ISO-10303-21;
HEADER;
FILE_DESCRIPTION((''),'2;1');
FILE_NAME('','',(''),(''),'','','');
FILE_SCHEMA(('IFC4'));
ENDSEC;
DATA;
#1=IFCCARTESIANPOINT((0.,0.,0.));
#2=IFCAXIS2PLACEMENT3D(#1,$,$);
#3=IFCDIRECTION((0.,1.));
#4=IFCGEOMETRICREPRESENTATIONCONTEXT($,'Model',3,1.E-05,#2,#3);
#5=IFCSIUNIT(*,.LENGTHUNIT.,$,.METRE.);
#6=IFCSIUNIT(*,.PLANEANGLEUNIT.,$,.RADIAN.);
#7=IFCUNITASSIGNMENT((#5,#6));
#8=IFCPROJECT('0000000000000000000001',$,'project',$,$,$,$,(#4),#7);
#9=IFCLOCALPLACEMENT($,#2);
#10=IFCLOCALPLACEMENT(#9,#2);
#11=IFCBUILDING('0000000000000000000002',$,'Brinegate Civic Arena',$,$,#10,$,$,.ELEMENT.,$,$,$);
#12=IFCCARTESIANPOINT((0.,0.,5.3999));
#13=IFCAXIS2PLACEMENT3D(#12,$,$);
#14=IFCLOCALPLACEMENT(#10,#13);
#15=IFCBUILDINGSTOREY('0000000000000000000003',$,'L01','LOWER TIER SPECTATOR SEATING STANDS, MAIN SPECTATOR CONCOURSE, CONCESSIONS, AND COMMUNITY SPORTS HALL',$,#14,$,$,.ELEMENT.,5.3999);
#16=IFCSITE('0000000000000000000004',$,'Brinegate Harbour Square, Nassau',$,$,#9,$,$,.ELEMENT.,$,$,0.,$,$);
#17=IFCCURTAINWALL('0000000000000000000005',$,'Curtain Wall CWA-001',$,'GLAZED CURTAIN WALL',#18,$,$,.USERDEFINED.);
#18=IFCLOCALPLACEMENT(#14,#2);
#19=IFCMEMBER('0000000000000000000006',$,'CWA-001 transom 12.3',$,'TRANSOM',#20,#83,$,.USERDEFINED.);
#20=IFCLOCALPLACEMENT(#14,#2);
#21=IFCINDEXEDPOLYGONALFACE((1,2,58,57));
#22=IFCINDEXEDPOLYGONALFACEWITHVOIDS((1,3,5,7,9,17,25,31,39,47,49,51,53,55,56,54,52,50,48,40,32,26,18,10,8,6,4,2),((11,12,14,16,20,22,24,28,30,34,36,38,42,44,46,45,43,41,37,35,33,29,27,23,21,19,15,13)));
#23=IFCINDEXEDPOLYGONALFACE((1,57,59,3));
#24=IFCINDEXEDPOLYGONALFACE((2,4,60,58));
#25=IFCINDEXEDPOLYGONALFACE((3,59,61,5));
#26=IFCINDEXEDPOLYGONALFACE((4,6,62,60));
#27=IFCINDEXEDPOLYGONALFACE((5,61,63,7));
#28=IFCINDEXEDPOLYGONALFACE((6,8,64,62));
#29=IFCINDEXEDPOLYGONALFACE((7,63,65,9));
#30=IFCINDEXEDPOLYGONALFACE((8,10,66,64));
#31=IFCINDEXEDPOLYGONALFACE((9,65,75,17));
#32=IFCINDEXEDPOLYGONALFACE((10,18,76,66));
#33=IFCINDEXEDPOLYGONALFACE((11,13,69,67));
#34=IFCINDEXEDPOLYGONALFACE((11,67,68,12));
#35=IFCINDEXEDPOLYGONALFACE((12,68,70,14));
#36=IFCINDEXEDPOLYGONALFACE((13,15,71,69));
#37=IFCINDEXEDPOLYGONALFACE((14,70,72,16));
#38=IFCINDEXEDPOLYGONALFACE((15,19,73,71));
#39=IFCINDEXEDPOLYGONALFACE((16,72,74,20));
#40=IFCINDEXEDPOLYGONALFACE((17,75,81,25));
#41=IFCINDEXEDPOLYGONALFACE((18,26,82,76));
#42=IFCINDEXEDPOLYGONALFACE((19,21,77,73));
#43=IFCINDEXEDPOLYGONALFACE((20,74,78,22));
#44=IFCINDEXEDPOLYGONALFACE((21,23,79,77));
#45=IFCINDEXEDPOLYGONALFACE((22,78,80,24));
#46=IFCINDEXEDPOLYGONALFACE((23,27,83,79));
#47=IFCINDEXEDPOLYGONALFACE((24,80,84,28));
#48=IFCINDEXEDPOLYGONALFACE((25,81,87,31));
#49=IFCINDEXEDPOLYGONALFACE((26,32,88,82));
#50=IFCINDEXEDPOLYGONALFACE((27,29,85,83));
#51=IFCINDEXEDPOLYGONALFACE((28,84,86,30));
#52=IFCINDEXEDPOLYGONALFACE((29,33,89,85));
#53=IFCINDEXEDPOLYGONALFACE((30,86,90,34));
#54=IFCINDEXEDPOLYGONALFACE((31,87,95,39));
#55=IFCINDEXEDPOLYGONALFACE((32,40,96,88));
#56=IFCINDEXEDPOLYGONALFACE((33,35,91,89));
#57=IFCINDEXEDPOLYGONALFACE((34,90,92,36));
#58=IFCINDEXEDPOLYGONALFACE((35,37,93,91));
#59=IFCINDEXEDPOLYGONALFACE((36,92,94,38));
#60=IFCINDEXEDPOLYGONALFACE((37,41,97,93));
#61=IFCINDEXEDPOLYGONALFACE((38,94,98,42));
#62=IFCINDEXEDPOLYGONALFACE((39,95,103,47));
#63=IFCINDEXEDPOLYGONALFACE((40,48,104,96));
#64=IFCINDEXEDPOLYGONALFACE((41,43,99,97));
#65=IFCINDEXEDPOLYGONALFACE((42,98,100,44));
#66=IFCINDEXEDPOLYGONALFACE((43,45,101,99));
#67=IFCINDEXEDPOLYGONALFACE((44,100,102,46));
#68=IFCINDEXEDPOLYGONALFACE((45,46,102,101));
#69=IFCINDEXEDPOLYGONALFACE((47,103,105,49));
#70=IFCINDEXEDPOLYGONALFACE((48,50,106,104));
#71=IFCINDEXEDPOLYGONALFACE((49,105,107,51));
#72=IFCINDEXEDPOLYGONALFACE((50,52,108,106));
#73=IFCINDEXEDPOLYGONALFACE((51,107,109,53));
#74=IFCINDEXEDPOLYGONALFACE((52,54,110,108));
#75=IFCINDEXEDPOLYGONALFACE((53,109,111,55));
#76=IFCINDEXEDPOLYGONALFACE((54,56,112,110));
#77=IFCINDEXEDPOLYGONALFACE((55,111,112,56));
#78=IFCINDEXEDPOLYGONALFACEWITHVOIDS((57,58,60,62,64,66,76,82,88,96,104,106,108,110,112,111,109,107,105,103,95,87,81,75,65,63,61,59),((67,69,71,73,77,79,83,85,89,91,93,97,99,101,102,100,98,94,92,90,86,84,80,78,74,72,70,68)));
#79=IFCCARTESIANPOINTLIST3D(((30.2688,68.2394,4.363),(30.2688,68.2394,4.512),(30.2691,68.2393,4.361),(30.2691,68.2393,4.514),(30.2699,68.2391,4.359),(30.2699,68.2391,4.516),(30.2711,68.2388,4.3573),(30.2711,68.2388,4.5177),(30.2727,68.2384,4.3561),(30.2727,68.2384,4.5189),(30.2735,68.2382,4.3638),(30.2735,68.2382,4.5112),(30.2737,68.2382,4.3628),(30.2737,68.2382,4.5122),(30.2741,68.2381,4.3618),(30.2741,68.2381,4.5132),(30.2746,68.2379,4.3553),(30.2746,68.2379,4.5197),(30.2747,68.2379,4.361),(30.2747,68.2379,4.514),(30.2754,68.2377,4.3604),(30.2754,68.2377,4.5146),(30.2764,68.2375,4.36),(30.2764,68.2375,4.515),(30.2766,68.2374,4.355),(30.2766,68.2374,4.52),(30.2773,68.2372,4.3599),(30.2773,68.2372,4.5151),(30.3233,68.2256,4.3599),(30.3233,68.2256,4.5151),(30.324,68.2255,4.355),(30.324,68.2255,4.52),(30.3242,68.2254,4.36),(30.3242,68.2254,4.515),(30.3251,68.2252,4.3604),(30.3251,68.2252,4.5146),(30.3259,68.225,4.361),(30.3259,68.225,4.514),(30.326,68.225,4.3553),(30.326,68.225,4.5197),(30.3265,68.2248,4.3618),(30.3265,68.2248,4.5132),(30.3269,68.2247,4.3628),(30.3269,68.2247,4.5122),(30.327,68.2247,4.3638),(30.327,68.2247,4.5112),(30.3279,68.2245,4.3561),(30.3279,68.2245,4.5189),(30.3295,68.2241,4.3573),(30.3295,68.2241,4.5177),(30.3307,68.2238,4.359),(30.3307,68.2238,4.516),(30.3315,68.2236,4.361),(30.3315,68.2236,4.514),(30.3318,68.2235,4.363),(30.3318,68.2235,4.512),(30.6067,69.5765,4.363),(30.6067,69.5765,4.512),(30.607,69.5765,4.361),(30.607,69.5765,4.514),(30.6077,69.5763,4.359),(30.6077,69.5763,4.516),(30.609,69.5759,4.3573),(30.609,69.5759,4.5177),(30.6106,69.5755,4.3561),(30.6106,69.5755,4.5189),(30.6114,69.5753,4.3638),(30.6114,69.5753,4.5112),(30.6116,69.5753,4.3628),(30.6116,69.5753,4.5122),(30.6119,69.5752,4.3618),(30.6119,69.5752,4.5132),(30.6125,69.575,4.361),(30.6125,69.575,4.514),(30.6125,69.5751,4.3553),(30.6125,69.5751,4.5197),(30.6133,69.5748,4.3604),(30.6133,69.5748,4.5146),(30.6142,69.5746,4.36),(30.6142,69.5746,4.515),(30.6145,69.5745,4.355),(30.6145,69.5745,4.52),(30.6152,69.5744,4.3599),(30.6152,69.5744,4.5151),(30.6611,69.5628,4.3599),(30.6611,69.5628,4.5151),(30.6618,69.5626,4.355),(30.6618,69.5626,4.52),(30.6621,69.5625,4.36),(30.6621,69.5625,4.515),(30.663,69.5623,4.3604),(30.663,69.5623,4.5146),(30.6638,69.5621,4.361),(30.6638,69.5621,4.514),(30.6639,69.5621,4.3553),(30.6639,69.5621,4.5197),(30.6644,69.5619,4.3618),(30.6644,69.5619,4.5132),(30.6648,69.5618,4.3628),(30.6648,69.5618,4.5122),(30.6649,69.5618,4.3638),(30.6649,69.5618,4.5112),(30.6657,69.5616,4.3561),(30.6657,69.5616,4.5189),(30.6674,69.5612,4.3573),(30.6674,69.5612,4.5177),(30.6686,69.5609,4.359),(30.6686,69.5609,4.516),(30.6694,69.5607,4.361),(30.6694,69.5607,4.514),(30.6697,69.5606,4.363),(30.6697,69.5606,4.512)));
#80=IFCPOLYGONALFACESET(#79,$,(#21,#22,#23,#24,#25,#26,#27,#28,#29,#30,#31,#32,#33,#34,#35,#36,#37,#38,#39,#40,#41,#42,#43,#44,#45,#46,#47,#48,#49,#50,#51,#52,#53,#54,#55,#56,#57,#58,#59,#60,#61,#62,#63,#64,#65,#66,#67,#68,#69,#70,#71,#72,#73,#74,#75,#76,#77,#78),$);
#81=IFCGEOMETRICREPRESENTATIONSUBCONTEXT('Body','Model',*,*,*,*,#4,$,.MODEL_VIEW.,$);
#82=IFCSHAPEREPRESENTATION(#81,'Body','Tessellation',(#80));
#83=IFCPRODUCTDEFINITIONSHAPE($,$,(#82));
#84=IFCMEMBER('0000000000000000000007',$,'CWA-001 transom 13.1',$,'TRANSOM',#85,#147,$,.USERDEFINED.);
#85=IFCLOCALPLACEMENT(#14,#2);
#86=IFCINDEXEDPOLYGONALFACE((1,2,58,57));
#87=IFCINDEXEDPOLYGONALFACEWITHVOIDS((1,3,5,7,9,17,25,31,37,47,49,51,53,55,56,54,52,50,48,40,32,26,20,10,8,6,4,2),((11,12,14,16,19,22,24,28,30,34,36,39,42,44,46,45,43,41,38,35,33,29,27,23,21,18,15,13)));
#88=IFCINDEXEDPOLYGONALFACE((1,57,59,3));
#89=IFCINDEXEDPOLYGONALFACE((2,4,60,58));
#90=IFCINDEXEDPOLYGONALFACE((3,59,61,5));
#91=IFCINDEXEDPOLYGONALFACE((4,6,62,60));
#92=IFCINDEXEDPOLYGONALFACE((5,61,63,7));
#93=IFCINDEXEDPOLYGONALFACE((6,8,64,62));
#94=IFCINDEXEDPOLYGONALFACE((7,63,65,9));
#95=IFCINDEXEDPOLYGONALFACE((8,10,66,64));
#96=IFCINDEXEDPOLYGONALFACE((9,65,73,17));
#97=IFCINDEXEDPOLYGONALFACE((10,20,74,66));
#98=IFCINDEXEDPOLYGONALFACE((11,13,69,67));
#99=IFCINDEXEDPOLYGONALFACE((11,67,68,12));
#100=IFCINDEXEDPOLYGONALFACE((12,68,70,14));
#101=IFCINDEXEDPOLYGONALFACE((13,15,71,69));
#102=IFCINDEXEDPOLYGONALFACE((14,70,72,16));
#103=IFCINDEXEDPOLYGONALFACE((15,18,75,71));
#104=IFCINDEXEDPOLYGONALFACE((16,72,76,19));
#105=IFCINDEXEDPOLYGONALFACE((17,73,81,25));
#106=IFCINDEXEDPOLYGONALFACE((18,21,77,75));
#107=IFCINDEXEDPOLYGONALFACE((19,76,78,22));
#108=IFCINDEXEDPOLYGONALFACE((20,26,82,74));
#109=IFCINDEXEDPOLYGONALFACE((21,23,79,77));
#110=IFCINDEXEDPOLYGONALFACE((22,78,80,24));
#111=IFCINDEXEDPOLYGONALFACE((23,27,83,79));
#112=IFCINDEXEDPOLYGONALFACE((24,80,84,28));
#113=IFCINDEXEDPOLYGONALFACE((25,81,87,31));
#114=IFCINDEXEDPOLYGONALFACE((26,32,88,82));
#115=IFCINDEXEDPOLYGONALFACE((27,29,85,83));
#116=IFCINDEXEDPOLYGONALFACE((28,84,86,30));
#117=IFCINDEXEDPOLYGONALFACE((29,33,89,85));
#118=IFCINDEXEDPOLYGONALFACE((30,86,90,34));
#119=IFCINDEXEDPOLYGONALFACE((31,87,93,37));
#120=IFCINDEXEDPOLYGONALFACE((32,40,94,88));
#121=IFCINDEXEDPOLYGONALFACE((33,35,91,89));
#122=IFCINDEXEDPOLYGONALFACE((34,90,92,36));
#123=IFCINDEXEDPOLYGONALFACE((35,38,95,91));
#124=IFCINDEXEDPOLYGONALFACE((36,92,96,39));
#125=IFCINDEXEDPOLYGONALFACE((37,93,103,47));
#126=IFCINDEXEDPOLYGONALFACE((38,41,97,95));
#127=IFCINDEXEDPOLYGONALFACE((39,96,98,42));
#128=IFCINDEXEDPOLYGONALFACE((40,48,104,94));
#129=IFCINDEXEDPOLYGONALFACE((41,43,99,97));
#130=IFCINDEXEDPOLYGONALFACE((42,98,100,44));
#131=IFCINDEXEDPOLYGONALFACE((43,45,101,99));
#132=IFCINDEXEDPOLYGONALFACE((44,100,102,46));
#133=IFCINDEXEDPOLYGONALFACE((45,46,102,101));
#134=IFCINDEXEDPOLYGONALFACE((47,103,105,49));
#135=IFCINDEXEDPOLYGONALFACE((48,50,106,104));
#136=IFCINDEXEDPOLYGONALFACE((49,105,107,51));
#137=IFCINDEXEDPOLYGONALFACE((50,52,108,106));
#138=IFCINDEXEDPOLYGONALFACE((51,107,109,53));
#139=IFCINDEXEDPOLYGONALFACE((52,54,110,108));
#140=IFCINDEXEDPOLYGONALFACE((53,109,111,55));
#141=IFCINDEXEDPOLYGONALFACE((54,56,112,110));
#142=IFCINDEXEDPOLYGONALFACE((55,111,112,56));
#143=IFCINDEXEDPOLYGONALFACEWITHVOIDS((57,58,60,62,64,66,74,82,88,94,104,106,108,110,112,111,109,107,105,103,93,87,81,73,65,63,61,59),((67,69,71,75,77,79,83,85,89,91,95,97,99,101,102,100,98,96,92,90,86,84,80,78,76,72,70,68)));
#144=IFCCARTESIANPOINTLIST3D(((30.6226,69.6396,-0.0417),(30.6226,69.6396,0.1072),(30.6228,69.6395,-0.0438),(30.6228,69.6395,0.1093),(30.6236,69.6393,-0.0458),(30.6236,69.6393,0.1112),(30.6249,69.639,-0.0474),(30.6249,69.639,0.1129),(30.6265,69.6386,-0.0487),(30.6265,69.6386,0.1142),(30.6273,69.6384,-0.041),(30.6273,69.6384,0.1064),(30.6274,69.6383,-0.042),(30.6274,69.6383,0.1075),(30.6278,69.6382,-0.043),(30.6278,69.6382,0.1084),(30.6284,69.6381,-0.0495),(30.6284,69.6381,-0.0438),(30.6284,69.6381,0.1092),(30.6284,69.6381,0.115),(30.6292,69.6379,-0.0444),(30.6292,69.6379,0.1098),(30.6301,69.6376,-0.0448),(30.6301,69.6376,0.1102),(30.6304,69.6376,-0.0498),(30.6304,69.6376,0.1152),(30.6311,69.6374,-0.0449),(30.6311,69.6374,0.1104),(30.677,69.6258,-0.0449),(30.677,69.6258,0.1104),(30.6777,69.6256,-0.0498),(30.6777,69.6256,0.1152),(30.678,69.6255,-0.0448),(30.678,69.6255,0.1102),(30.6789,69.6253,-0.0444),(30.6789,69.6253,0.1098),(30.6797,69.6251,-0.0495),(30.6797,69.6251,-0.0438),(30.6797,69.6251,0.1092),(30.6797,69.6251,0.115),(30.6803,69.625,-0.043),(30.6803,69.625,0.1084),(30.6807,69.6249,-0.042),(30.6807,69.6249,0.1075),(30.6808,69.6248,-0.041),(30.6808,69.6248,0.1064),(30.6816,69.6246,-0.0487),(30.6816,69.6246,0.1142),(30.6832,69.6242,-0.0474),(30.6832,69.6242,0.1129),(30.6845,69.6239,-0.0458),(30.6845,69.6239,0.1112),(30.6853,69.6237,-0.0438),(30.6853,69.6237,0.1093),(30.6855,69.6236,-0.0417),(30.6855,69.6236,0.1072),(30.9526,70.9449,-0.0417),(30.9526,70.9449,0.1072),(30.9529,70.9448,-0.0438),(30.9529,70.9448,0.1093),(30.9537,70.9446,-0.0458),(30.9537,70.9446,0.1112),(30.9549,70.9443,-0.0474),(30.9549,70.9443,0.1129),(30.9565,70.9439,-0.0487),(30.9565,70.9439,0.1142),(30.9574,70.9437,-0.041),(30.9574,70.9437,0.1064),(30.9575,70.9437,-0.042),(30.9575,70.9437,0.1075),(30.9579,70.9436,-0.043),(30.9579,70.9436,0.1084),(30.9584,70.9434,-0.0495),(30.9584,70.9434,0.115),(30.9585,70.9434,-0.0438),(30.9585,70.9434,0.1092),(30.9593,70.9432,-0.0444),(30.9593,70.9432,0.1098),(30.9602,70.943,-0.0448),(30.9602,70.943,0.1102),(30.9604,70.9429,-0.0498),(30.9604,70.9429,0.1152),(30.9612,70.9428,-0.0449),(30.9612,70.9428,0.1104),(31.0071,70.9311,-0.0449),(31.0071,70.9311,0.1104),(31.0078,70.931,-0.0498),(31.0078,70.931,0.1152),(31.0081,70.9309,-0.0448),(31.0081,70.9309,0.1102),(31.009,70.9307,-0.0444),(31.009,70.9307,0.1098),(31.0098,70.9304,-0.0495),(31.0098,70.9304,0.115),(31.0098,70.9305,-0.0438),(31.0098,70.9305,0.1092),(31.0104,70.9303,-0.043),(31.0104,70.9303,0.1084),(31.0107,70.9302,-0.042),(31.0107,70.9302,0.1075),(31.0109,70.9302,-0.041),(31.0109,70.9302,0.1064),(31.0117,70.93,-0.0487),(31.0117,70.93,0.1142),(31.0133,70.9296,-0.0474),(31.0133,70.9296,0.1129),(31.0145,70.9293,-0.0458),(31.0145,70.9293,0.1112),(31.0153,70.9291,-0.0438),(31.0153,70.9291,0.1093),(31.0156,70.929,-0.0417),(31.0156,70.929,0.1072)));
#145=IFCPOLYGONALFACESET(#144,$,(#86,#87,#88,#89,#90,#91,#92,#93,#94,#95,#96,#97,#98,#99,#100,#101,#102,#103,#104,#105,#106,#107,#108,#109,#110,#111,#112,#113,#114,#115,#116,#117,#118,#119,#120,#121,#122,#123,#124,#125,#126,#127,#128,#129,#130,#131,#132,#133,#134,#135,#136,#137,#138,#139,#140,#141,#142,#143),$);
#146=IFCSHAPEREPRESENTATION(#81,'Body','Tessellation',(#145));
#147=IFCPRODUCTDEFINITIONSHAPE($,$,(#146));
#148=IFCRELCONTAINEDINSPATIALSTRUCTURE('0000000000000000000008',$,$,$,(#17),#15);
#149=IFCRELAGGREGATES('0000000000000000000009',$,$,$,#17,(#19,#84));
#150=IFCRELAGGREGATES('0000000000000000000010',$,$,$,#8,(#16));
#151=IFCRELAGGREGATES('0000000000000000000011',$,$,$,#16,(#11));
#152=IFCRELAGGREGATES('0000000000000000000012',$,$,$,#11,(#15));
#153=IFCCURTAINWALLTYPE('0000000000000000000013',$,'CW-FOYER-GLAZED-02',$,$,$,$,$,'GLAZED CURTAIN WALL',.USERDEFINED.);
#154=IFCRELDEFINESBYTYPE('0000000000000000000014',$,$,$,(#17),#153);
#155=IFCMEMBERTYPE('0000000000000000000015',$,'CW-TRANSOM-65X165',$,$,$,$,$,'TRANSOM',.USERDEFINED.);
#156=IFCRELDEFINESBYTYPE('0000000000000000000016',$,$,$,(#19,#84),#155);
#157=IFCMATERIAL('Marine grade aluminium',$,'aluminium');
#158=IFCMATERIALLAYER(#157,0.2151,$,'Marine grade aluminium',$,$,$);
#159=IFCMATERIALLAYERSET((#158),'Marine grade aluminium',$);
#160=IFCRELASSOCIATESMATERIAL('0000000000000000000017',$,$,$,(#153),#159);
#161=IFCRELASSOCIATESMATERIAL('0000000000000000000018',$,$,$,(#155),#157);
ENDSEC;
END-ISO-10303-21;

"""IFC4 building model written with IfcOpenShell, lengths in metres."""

from ifc_helpers import new_model, si_unit, direction, frame, origin, origin_2d, place, context, subcontext, project, spatial, hollow_rectangle, extrude, material, layer, layer_set, material_profile, profile_set, type_object, element, aggregate, save


model = new_model("IFC4")

# Units and contexts
model_context = context("Model", 3, precision=1e-05, world=origin(), true_north=direction((0.0, 1.0)))
body_context = subcontext(model_context, "Body", "Model", "MODEL_VIEW")
ifc_project = project(units=[si_unit("LENGTHUNIT", "METRE"), si_unit("PLANEANGLEUNIT", "RADIAN")], contexts=[model_context])

# Site, building, storey
site_placement = place(None, origin())
site = spatial("IfcSite", under=ifc_project, at=site_placement, Name="Brinegate Harbour Square, Nassau", CompositionType="ELEMENT", RefElevation=0.0)
building_placement = place(site_placement, origin())
building = spatial("IfcBuilding", under=site, at=building_placement, Name="Brinegate Civic Arena", CompositionType="ELEMENT")
storey_placement = place(building_placement, frame((0.0, 0.0, 5.3999)))
storey = spatial("IfcBuildingStorey", under=building, at=storey_placement, Name="L01", Description="LOWER TIER SPECTATOR SEATING STANDS, MAIN SPECTATOR CONCOURSE, CONCESSIONS, AND COMMUNITY SPORTS HALL", CompositionType="ELEMENT", Elevation=5.3999)

# Curtain wall, members
ifc_material_1 = material(Name="Marine grade aluminium", Category="aluminium")
ifc_layer_1 = layer(ifc_material_1, 0.2151, Name="Marine grade aluminium")
ifc_layer_set_1 = layer_set([ifc_layer_1], Name="Marine grade aluminium")
curtain_wall_type = type_object("IfcCurtainWallType", Name="CW-FOYER-GLAZED-02", ElementType="GLAZED CURTAIN WALL", PredefinedType="USERDEFINED", material=ifc_layer_set_1)
curtain_wall_placement = place(storey_placement, origin())
curtain_wall = element("IfcCurtainWall", 1, at=curtain_wall_placement, inside=storey, type_object=curtain_wall_type, Name="Curtain Wall CWA-001", ObjectType="GLAZED CURTAIN WALL", PredefinedType="USERDEFINED")
ifc_material_profile_1 = material_profile(ifc_material_1, hollow_rectangle(XDim=0.0649, YDim=0.165, WallThickness=0.0049, InnerFilletRadius=0.0039, OuterFilletRadius=0.0081, at=origin_2d()), Name="TRN65X165")
ifc_profile_set_1 = profile_set([ifc_material_profile_1], Name="Marine grade aluminium")
member_type_1 = type_object("IfcMemberType", Name="CW-TRANSOM-65X165", ElementType="TRANSOM", PredefinedType="USERDEFINED", material=ifc_profile_set_1)
member_1_placement = place(storey_placement, frame((30.3003, 68.2314, 4.4375), z_axis=(0.244992, 0.969525, 0.0), x_axis=(-0.969525, 0.244992, 0.0)))
member_1 = element("IfcMember", 2, at=member_1_placement, type_object=member_type_1, Name="CWA-001 transom 12.3", ObjectType="TRANSOM", PredefinedType="USERDEFINED", context=body_context, shape_type="SweptSolid", body=[
    extrude(hollow_rectangle(XDim=0.0649, YDim=0.165, WallThickness=0.0049, InnerFilletRadius=0.0039, OuterFilletRadius=0.0081, at=origin_2d()), origin(), (0.0, 0.0, 1.0), 1.3792),
])
member_2_placement = place(storey_placement, frame((30.6541, 69.6316, 0.0327), z_axis=(0.245137, 0.969488, 0.0), x_axis=(-0.969488, 0.245137, 0.0)))
member_2 = element("IfcMember", 3, at=member_2_placement, type_object=member_type_1, Name="CWA-001 transom 13.1", ObjectType="TRANSOM", PredefinedType="USERDEFINED", context=body_context, shape_type="SweptSolid", body=[
    extrude(hollow_rectangle(XDim=0.0649, YDim=0.165, WallThickness=0.0049, InnerFilletRadius=0.0039, OuterFilletRadius=0.0081, at=origin_2d()), origin(), (0.0, 0.0, 1.0), 1.3464),
])
aggregate(curtain_wall, [member_1, member_2])

save(model, "model.ifc")
